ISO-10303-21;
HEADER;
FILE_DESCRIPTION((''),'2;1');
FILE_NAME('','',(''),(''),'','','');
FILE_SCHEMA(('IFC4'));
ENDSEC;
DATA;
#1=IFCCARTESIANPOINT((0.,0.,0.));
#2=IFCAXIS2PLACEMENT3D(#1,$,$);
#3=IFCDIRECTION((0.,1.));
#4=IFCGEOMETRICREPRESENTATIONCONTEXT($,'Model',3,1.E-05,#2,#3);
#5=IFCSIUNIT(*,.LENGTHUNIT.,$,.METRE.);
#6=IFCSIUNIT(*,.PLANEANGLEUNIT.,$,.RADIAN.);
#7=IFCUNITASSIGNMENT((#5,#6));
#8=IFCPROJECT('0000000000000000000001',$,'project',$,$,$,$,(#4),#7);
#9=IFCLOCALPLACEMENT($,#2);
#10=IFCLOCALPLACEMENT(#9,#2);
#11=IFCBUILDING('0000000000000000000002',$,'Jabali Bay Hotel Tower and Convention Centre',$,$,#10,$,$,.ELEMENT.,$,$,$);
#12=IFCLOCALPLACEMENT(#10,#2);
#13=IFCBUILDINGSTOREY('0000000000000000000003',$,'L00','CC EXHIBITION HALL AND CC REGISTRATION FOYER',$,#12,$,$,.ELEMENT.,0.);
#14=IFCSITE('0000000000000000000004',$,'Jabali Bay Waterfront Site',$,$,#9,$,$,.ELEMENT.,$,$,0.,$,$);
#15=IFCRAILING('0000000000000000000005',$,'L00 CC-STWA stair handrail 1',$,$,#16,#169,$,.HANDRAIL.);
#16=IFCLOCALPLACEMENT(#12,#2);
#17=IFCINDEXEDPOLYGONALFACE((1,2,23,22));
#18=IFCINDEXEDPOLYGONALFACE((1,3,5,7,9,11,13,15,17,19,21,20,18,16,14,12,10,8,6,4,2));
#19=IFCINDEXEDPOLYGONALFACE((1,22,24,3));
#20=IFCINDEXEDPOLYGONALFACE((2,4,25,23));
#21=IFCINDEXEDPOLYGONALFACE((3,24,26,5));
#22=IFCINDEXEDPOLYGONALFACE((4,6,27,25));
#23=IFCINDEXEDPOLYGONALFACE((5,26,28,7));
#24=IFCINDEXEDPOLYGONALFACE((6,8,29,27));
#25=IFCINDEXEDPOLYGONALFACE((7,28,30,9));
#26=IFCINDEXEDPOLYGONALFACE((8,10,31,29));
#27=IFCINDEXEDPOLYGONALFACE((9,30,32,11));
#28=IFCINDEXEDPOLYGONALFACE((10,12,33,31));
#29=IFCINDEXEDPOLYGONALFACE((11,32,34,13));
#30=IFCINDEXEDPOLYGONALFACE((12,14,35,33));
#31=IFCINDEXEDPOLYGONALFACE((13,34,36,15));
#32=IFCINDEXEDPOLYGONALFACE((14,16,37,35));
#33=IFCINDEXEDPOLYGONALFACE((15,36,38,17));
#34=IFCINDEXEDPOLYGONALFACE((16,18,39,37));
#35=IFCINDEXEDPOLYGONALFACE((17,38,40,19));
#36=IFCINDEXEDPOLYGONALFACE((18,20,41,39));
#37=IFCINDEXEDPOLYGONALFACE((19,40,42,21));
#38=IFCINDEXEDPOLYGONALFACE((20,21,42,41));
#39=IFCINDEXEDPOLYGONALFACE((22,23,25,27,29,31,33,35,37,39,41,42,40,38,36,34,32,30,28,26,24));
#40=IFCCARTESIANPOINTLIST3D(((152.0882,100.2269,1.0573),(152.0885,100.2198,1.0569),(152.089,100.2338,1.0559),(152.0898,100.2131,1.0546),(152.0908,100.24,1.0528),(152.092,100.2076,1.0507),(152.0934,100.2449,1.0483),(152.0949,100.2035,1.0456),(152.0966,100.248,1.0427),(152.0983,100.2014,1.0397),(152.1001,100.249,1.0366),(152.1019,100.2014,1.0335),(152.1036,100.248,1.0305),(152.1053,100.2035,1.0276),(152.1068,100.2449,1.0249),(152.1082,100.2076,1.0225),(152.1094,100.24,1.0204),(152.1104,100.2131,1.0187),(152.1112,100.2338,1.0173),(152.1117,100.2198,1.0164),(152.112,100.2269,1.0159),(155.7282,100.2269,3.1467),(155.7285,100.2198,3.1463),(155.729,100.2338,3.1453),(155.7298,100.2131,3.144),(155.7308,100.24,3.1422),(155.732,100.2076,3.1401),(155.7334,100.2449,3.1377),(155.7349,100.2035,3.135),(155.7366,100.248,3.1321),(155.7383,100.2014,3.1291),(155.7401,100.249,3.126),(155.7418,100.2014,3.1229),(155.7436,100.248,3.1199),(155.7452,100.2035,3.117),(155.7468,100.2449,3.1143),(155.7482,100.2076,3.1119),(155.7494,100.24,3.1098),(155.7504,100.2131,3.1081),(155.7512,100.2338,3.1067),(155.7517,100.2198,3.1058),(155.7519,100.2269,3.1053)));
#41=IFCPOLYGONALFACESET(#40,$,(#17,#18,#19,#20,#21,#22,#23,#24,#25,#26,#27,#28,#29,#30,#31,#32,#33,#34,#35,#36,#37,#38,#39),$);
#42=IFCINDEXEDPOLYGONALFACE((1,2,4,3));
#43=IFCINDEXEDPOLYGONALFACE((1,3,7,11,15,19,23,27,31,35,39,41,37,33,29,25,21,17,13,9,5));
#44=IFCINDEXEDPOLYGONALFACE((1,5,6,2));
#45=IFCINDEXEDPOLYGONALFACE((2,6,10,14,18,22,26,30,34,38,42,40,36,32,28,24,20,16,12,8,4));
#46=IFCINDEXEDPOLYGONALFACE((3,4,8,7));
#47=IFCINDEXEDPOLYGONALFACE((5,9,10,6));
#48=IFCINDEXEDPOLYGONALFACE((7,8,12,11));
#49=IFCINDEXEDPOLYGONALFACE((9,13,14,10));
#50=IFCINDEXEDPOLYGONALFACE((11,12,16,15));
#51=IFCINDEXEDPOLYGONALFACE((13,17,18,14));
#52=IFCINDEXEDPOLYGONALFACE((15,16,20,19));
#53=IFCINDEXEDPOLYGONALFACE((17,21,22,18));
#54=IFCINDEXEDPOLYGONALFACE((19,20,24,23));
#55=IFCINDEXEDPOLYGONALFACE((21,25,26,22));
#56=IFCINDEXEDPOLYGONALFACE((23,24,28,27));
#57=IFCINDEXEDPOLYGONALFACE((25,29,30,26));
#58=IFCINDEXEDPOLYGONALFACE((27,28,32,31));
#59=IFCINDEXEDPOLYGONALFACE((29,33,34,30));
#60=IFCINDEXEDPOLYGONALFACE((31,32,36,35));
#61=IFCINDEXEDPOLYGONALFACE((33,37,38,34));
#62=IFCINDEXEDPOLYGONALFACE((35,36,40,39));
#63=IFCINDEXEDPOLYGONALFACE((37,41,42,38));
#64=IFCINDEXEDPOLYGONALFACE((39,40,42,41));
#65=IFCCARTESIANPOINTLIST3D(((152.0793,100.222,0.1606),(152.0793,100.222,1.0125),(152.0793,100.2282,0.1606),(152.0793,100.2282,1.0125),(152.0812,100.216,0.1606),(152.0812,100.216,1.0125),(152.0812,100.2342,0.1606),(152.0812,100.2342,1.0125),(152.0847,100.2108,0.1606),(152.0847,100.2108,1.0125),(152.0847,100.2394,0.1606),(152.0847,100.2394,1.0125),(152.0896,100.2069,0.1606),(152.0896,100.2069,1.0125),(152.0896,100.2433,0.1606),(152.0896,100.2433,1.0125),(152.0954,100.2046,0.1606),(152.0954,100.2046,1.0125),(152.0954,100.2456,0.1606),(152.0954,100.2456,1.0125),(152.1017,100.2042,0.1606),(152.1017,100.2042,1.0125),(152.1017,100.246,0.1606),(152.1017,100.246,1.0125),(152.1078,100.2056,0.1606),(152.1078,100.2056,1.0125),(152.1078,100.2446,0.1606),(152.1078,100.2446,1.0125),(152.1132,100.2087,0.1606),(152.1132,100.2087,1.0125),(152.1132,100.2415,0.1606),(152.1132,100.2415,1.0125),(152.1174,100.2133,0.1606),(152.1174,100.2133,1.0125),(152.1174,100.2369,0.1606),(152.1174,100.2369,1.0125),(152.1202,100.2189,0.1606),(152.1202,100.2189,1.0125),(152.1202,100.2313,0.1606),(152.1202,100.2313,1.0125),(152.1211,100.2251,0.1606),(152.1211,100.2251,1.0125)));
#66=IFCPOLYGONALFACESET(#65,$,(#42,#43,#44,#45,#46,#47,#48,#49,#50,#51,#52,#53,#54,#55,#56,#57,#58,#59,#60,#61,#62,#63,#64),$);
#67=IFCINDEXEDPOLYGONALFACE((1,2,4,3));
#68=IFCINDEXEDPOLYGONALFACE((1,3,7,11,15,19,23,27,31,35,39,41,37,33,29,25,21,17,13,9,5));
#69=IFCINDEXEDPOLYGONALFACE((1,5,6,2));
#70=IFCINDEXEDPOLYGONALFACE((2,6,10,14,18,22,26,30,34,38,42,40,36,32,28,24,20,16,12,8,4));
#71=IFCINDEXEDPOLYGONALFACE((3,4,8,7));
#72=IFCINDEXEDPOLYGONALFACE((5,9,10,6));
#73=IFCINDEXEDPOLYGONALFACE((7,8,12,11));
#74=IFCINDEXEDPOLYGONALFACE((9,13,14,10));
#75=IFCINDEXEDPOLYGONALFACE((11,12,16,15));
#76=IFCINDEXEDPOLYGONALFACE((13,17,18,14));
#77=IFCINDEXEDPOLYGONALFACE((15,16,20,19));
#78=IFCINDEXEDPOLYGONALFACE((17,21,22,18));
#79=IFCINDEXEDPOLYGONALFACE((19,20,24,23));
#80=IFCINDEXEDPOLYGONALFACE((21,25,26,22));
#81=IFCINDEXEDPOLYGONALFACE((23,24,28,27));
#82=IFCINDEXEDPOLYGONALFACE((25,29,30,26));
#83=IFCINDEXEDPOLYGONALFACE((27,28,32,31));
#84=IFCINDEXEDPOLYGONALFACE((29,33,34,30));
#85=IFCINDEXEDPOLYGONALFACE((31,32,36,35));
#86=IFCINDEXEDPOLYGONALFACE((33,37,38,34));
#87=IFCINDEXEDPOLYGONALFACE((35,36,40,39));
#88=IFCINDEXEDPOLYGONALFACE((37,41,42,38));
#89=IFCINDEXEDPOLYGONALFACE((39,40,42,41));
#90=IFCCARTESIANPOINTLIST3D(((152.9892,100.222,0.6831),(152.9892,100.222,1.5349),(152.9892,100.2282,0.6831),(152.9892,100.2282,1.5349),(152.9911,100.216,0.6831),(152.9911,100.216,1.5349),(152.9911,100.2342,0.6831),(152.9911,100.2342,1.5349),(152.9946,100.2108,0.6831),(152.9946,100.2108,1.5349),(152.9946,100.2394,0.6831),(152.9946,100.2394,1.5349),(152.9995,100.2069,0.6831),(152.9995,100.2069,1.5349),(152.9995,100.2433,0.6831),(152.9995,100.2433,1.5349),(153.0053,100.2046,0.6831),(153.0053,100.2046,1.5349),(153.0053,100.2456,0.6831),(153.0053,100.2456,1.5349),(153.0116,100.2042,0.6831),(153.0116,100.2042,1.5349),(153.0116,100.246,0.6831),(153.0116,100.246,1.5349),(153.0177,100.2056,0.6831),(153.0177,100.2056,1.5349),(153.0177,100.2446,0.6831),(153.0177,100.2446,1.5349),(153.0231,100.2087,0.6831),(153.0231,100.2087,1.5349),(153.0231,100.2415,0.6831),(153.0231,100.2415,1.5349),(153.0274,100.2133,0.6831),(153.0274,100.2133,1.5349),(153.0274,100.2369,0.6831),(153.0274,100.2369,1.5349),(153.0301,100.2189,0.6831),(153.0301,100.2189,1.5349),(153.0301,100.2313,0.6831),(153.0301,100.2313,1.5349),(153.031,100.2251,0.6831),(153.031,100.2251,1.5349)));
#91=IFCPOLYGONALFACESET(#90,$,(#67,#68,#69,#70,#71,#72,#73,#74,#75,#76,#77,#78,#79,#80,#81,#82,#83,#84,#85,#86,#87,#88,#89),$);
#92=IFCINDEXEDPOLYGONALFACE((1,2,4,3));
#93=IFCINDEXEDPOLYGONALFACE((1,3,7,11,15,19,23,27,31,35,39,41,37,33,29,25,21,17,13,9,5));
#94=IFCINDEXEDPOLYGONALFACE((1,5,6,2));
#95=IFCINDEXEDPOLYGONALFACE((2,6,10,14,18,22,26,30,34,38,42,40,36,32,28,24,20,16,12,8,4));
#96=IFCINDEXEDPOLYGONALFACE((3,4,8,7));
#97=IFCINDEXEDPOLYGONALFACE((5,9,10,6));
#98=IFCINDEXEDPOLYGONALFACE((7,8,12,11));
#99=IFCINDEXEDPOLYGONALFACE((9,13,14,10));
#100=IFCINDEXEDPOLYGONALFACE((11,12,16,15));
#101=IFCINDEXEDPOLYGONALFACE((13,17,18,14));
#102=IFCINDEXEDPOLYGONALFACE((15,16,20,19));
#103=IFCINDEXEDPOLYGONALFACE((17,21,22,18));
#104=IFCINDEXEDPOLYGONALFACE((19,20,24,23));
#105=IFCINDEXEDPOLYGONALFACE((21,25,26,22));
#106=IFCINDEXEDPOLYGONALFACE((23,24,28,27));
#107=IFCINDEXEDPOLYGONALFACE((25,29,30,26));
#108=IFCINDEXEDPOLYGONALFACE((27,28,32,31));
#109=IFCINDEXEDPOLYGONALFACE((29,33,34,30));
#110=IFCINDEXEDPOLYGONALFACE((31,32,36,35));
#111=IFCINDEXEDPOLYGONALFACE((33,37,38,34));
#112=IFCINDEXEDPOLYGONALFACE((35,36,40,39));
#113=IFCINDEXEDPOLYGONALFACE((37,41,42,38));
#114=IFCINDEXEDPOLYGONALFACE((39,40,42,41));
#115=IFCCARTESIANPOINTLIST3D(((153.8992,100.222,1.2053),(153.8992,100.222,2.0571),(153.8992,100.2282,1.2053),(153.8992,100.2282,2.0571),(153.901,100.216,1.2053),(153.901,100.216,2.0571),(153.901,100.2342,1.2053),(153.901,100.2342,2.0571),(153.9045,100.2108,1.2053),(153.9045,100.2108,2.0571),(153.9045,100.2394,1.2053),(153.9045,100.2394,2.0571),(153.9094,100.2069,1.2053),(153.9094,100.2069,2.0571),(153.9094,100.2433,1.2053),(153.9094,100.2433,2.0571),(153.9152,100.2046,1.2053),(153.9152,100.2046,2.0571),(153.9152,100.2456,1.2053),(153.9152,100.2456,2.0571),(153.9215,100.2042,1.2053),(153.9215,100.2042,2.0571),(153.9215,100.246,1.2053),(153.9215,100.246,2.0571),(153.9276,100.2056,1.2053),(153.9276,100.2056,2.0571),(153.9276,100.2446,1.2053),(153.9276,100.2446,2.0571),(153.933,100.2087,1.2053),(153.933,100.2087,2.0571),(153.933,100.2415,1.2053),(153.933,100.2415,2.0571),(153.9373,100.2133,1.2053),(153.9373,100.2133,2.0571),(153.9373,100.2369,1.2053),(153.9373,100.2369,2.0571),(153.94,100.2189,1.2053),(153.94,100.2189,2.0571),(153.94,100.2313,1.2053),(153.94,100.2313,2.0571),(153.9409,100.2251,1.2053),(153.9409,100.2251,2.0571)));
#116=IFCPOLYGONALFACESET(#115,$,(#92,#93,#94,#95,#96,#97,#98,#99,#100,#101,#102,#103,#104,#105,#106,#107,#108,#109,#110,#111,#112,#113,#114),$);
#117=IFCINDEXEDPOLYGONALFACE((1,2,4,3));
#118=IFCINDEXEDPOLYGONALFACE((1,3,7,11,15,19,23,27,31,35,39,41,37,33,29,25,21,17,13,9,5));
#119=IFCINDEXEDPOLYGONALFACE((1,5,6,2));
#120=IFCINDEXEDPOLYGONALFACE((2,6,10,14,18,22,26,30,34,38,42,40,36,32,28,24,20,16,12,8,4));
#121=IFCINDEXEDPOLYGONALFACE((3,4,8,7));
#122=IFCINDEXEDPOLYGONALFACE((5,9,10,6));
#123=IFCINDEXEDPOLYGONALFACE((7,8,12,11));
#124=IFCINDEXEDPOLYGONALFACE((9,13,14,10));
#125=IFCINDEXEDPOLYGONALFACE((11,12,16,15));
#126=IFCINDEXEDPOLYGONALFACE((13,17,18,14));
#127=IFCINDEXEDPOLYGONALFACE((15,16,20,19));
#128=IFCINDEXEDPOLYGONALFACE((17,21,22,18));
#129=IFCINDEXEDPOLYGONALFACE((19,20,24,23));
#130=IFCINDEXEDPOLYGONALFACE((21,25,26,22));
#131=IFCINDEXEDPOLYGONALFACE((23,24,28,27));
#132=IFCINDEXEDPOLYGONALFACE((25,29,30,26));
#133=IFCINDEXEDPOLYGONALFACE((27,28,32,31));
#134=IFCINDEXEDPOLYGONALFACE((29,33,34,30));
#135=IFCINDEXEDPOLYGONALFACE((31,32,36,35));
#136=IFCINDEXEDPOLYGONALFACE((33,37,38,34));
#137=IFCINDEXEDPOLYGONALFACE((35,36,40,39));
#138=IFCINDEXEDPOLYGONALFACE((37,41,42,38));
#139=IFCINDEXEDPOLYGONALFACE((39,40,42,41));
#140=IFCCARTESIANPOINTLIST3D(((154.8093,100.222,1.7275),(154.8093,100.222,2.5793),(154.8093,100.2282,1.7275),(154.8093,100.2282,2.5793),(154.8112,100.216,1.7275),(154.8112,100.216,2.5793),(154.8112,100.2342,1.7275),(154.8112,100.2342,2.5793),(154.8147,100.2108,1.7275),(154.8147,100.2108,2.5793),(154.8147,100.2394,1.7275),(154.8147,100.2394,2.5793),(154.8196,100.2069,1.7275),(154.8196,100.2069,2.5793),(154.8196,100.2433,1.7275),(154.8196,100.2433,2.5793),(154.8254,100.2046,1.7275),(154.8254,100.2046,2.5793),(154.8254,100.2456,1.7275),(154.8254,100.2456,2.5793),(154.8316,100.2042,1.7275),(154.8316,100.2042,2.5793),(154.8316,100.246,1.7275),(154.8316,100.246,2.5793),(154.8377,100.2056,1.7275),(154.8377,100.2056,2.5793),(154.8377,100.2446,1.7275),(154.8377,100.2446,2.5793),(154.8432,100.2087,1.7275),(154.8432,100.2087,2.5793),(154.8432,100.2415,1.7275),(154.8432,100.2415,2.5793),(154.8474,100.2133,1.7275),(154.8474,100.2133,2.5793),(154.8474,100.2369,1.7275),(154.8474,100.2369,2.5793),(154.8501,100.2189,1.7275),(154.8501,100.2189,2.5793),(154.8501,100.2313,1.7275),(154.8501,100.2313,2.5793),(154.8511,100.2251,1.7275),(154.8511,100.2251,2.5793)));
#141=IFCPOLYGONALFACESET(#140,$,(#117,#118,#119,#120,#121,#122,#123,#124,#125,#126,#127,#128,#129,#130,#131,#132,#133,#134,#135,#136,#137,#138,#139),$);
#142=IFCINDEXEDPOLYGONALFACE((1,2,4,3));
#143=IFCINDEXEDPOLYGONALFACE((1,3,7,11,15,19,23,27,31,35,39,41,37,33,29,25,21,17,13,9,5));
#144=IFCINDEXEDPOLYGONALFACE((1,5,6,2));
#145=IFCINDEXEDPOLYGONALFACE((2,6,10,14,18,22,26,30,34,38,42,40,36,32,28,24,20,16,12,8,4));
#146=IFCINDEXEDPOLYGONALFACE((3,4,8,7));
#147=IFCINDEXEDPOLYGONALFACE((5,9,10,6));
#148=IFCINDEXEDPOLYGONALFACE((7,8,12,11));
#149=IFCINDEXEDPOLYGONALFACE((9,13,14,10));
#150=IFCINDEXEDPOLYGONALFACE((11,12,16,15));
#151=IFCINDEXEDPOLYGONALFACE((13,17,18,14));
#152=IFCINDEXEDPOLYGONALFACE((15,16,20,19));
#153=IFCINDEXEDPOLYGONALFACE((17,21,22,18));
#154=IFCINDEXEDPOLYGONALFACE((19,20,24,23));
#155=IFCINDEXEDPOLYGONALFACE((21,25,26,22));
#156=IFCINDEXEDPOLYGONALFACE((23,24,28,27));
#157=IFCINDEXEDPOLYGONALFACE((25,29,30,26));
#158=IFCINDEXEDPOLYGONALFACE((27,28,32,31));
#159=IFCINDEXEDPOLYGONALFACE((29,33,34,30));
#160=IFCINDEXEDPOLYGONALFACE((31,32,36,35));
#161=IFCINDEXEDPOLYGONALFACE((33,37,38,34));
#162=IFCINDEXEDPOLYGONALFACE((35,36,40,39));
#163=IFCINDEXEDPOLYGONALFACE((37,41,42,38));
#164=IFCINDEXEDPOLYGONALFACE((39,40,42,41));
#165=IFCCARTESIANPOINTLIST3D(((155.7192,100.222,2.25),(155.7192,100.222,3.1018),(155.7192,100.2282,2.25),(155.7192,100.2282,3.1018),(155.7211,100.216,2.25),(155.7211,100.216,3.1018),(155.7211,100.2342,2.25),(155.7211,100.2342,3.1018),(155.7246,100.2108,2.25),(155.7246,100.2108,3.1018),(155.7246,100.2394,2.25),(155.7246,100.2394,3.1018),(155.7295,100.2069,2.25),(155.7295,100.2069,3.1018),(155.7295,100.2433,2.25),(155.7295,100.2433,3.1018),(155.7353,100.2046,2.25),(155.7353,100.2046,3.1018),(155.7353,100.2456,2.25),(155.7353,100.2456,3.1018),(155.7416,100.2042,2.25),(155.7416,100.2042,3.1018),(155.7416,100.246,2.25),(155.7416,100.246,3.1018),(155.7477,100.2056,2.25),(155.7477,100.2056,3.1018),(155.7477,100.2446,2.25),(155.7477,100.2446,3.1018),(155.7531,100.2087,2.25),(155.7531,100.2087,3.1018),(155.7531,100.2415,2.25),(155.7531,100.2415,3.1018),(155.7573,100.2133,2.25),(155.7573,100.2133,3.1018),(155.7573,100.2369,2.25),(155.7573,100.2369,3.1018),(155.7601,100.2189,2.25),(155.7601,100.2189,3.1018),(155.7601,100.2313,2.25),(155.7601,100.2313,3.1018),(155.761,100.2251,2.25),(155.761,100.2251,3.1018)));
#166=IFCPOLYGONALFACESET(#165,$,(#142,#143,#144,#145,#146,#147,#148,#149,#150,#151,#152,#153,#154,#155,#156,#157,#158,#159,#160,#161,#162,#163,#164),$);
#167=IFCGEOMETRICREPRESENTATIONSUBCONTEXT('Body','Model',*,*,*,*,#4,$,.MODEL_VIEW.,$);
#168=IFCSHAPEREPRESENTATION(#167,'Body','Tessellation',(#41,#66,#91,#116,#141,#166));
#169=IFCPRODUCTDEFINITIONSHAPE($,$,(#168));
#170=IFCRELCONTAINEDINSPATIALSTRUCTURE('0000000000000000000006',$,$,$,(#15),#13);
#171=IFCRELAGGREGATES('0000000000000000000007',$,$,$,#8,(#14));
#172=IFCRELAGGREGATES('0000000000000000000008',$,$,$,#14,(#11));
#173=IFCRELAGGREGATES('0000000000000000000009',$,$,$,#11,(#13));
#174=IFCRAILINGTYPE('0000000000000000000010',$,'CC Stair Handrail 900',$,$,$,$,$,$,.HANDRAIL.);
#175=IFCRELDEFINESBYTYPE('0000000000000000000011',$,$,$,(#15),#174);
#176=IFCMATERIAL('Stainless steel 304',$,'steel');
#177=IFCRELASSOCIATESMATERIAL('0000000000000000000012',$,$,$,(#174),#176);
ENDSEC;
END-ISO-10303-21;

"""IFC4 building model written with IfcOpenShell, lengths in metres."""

from ifc_helpers import new_model, si_unit, direction, frame, origin, origin_2d, place, context, subcontext, project, spatial, circle, extrude, material, type_object, element, save


model = new_model("IFC4")

# Units and contexts
model_context = context("Model", 3, precision=1e-05, world=origin(), true_north=direction((0.0, 1.0)))
body_context = subcontext(model_context, "Body", "Model", "MODEL_VIEW")
ifc_project = project(units=[si_unit("LENGTHUNIT", "METRE"), si_unit("PLANEANGLEUNIT", "RADIAN")], contexts=[model_context])

# Site, building, storey
site_placement = place(None, origin())
site = spatial("IfcSite", under=ifc_project, at=site_placement, Name="Jabali Bay Waterfront Site", CompositionType="ELEMENT", RefElevation=0.0)
building_placement = place(site_placement, origin())
building = spatial("IfcBuilding", under=site, at=building_placement, Name="Jabali Bay Hotel Tower and Convention Centre", CompositionType="ELEMENT")
storey_placement = place(building_placement, origin())
storey = spatial("IfcBuildingStorey", under=building, at=storey_placement, Name="L00", Description="CC EXHIBITION HALL AND CC REGISTRATION FOYER", CompositionType="ELEMENT", Elevation=0.0)

# Railing
ifc_material_1 = material(Name="Stainless steel 304", Category="steel")
railing_type_1 = type_object("IfcRailingType", Name="CC Stair Handrail 900", PredefinedType="HANDRAIL", material=ifc_material_1)
for number, where, name in (
    (1, (152.1001, 100.2251, 0.1606), "L00 CC-STWA stair handrail 1"),
):
    element("IfcRailing", number, at=place(storey_placement, frame(where)), inside=storey, type_object=railing_type_1, Name=name, PredefinedType="HANDRAIL", context=body_context, shape_type="SweptSolid", body=[
        extrude(circle(Radius=0.0239, at=origin_2d()), frame((0.0, 0.0, 0.876), z_axis=(0.867275, 0.0, 0.497829), x_axis=(0.0, 1.0, 0.0)), (0.0, 0.0, 1.0), 4.197),
        extrude(circle(Radius=0.021, at=origin_2d()), origin(), (0.0, 0.0, 1.0), 0.8518),
        extrude(circle(Radius=0.021, at=origin_2d()), frame((0.9099, 0.0, 0.5225)), (0.0, 0.0, 1.0), 0.8518),
        extrude(circle(Radius=0.021, at=origin_2d()), frame((1.8198, 0.0, 1.0447)), (0.0, 0.0, 1.0), 0.8518),
        extrude(circle(Radius=0.021, at=origin_2d()), frame((2.73, 0.0, 1.5669)), (0.0, 0.0, 1.0), 0.8518),
        extrude(circle(Radius=0.021, at=origin_2d()), frame((3.6399, 0.0, 2.0894)), (0.0, 0.0, 1.0), 0.8518),
    ])

save(model, "model.ifc")
